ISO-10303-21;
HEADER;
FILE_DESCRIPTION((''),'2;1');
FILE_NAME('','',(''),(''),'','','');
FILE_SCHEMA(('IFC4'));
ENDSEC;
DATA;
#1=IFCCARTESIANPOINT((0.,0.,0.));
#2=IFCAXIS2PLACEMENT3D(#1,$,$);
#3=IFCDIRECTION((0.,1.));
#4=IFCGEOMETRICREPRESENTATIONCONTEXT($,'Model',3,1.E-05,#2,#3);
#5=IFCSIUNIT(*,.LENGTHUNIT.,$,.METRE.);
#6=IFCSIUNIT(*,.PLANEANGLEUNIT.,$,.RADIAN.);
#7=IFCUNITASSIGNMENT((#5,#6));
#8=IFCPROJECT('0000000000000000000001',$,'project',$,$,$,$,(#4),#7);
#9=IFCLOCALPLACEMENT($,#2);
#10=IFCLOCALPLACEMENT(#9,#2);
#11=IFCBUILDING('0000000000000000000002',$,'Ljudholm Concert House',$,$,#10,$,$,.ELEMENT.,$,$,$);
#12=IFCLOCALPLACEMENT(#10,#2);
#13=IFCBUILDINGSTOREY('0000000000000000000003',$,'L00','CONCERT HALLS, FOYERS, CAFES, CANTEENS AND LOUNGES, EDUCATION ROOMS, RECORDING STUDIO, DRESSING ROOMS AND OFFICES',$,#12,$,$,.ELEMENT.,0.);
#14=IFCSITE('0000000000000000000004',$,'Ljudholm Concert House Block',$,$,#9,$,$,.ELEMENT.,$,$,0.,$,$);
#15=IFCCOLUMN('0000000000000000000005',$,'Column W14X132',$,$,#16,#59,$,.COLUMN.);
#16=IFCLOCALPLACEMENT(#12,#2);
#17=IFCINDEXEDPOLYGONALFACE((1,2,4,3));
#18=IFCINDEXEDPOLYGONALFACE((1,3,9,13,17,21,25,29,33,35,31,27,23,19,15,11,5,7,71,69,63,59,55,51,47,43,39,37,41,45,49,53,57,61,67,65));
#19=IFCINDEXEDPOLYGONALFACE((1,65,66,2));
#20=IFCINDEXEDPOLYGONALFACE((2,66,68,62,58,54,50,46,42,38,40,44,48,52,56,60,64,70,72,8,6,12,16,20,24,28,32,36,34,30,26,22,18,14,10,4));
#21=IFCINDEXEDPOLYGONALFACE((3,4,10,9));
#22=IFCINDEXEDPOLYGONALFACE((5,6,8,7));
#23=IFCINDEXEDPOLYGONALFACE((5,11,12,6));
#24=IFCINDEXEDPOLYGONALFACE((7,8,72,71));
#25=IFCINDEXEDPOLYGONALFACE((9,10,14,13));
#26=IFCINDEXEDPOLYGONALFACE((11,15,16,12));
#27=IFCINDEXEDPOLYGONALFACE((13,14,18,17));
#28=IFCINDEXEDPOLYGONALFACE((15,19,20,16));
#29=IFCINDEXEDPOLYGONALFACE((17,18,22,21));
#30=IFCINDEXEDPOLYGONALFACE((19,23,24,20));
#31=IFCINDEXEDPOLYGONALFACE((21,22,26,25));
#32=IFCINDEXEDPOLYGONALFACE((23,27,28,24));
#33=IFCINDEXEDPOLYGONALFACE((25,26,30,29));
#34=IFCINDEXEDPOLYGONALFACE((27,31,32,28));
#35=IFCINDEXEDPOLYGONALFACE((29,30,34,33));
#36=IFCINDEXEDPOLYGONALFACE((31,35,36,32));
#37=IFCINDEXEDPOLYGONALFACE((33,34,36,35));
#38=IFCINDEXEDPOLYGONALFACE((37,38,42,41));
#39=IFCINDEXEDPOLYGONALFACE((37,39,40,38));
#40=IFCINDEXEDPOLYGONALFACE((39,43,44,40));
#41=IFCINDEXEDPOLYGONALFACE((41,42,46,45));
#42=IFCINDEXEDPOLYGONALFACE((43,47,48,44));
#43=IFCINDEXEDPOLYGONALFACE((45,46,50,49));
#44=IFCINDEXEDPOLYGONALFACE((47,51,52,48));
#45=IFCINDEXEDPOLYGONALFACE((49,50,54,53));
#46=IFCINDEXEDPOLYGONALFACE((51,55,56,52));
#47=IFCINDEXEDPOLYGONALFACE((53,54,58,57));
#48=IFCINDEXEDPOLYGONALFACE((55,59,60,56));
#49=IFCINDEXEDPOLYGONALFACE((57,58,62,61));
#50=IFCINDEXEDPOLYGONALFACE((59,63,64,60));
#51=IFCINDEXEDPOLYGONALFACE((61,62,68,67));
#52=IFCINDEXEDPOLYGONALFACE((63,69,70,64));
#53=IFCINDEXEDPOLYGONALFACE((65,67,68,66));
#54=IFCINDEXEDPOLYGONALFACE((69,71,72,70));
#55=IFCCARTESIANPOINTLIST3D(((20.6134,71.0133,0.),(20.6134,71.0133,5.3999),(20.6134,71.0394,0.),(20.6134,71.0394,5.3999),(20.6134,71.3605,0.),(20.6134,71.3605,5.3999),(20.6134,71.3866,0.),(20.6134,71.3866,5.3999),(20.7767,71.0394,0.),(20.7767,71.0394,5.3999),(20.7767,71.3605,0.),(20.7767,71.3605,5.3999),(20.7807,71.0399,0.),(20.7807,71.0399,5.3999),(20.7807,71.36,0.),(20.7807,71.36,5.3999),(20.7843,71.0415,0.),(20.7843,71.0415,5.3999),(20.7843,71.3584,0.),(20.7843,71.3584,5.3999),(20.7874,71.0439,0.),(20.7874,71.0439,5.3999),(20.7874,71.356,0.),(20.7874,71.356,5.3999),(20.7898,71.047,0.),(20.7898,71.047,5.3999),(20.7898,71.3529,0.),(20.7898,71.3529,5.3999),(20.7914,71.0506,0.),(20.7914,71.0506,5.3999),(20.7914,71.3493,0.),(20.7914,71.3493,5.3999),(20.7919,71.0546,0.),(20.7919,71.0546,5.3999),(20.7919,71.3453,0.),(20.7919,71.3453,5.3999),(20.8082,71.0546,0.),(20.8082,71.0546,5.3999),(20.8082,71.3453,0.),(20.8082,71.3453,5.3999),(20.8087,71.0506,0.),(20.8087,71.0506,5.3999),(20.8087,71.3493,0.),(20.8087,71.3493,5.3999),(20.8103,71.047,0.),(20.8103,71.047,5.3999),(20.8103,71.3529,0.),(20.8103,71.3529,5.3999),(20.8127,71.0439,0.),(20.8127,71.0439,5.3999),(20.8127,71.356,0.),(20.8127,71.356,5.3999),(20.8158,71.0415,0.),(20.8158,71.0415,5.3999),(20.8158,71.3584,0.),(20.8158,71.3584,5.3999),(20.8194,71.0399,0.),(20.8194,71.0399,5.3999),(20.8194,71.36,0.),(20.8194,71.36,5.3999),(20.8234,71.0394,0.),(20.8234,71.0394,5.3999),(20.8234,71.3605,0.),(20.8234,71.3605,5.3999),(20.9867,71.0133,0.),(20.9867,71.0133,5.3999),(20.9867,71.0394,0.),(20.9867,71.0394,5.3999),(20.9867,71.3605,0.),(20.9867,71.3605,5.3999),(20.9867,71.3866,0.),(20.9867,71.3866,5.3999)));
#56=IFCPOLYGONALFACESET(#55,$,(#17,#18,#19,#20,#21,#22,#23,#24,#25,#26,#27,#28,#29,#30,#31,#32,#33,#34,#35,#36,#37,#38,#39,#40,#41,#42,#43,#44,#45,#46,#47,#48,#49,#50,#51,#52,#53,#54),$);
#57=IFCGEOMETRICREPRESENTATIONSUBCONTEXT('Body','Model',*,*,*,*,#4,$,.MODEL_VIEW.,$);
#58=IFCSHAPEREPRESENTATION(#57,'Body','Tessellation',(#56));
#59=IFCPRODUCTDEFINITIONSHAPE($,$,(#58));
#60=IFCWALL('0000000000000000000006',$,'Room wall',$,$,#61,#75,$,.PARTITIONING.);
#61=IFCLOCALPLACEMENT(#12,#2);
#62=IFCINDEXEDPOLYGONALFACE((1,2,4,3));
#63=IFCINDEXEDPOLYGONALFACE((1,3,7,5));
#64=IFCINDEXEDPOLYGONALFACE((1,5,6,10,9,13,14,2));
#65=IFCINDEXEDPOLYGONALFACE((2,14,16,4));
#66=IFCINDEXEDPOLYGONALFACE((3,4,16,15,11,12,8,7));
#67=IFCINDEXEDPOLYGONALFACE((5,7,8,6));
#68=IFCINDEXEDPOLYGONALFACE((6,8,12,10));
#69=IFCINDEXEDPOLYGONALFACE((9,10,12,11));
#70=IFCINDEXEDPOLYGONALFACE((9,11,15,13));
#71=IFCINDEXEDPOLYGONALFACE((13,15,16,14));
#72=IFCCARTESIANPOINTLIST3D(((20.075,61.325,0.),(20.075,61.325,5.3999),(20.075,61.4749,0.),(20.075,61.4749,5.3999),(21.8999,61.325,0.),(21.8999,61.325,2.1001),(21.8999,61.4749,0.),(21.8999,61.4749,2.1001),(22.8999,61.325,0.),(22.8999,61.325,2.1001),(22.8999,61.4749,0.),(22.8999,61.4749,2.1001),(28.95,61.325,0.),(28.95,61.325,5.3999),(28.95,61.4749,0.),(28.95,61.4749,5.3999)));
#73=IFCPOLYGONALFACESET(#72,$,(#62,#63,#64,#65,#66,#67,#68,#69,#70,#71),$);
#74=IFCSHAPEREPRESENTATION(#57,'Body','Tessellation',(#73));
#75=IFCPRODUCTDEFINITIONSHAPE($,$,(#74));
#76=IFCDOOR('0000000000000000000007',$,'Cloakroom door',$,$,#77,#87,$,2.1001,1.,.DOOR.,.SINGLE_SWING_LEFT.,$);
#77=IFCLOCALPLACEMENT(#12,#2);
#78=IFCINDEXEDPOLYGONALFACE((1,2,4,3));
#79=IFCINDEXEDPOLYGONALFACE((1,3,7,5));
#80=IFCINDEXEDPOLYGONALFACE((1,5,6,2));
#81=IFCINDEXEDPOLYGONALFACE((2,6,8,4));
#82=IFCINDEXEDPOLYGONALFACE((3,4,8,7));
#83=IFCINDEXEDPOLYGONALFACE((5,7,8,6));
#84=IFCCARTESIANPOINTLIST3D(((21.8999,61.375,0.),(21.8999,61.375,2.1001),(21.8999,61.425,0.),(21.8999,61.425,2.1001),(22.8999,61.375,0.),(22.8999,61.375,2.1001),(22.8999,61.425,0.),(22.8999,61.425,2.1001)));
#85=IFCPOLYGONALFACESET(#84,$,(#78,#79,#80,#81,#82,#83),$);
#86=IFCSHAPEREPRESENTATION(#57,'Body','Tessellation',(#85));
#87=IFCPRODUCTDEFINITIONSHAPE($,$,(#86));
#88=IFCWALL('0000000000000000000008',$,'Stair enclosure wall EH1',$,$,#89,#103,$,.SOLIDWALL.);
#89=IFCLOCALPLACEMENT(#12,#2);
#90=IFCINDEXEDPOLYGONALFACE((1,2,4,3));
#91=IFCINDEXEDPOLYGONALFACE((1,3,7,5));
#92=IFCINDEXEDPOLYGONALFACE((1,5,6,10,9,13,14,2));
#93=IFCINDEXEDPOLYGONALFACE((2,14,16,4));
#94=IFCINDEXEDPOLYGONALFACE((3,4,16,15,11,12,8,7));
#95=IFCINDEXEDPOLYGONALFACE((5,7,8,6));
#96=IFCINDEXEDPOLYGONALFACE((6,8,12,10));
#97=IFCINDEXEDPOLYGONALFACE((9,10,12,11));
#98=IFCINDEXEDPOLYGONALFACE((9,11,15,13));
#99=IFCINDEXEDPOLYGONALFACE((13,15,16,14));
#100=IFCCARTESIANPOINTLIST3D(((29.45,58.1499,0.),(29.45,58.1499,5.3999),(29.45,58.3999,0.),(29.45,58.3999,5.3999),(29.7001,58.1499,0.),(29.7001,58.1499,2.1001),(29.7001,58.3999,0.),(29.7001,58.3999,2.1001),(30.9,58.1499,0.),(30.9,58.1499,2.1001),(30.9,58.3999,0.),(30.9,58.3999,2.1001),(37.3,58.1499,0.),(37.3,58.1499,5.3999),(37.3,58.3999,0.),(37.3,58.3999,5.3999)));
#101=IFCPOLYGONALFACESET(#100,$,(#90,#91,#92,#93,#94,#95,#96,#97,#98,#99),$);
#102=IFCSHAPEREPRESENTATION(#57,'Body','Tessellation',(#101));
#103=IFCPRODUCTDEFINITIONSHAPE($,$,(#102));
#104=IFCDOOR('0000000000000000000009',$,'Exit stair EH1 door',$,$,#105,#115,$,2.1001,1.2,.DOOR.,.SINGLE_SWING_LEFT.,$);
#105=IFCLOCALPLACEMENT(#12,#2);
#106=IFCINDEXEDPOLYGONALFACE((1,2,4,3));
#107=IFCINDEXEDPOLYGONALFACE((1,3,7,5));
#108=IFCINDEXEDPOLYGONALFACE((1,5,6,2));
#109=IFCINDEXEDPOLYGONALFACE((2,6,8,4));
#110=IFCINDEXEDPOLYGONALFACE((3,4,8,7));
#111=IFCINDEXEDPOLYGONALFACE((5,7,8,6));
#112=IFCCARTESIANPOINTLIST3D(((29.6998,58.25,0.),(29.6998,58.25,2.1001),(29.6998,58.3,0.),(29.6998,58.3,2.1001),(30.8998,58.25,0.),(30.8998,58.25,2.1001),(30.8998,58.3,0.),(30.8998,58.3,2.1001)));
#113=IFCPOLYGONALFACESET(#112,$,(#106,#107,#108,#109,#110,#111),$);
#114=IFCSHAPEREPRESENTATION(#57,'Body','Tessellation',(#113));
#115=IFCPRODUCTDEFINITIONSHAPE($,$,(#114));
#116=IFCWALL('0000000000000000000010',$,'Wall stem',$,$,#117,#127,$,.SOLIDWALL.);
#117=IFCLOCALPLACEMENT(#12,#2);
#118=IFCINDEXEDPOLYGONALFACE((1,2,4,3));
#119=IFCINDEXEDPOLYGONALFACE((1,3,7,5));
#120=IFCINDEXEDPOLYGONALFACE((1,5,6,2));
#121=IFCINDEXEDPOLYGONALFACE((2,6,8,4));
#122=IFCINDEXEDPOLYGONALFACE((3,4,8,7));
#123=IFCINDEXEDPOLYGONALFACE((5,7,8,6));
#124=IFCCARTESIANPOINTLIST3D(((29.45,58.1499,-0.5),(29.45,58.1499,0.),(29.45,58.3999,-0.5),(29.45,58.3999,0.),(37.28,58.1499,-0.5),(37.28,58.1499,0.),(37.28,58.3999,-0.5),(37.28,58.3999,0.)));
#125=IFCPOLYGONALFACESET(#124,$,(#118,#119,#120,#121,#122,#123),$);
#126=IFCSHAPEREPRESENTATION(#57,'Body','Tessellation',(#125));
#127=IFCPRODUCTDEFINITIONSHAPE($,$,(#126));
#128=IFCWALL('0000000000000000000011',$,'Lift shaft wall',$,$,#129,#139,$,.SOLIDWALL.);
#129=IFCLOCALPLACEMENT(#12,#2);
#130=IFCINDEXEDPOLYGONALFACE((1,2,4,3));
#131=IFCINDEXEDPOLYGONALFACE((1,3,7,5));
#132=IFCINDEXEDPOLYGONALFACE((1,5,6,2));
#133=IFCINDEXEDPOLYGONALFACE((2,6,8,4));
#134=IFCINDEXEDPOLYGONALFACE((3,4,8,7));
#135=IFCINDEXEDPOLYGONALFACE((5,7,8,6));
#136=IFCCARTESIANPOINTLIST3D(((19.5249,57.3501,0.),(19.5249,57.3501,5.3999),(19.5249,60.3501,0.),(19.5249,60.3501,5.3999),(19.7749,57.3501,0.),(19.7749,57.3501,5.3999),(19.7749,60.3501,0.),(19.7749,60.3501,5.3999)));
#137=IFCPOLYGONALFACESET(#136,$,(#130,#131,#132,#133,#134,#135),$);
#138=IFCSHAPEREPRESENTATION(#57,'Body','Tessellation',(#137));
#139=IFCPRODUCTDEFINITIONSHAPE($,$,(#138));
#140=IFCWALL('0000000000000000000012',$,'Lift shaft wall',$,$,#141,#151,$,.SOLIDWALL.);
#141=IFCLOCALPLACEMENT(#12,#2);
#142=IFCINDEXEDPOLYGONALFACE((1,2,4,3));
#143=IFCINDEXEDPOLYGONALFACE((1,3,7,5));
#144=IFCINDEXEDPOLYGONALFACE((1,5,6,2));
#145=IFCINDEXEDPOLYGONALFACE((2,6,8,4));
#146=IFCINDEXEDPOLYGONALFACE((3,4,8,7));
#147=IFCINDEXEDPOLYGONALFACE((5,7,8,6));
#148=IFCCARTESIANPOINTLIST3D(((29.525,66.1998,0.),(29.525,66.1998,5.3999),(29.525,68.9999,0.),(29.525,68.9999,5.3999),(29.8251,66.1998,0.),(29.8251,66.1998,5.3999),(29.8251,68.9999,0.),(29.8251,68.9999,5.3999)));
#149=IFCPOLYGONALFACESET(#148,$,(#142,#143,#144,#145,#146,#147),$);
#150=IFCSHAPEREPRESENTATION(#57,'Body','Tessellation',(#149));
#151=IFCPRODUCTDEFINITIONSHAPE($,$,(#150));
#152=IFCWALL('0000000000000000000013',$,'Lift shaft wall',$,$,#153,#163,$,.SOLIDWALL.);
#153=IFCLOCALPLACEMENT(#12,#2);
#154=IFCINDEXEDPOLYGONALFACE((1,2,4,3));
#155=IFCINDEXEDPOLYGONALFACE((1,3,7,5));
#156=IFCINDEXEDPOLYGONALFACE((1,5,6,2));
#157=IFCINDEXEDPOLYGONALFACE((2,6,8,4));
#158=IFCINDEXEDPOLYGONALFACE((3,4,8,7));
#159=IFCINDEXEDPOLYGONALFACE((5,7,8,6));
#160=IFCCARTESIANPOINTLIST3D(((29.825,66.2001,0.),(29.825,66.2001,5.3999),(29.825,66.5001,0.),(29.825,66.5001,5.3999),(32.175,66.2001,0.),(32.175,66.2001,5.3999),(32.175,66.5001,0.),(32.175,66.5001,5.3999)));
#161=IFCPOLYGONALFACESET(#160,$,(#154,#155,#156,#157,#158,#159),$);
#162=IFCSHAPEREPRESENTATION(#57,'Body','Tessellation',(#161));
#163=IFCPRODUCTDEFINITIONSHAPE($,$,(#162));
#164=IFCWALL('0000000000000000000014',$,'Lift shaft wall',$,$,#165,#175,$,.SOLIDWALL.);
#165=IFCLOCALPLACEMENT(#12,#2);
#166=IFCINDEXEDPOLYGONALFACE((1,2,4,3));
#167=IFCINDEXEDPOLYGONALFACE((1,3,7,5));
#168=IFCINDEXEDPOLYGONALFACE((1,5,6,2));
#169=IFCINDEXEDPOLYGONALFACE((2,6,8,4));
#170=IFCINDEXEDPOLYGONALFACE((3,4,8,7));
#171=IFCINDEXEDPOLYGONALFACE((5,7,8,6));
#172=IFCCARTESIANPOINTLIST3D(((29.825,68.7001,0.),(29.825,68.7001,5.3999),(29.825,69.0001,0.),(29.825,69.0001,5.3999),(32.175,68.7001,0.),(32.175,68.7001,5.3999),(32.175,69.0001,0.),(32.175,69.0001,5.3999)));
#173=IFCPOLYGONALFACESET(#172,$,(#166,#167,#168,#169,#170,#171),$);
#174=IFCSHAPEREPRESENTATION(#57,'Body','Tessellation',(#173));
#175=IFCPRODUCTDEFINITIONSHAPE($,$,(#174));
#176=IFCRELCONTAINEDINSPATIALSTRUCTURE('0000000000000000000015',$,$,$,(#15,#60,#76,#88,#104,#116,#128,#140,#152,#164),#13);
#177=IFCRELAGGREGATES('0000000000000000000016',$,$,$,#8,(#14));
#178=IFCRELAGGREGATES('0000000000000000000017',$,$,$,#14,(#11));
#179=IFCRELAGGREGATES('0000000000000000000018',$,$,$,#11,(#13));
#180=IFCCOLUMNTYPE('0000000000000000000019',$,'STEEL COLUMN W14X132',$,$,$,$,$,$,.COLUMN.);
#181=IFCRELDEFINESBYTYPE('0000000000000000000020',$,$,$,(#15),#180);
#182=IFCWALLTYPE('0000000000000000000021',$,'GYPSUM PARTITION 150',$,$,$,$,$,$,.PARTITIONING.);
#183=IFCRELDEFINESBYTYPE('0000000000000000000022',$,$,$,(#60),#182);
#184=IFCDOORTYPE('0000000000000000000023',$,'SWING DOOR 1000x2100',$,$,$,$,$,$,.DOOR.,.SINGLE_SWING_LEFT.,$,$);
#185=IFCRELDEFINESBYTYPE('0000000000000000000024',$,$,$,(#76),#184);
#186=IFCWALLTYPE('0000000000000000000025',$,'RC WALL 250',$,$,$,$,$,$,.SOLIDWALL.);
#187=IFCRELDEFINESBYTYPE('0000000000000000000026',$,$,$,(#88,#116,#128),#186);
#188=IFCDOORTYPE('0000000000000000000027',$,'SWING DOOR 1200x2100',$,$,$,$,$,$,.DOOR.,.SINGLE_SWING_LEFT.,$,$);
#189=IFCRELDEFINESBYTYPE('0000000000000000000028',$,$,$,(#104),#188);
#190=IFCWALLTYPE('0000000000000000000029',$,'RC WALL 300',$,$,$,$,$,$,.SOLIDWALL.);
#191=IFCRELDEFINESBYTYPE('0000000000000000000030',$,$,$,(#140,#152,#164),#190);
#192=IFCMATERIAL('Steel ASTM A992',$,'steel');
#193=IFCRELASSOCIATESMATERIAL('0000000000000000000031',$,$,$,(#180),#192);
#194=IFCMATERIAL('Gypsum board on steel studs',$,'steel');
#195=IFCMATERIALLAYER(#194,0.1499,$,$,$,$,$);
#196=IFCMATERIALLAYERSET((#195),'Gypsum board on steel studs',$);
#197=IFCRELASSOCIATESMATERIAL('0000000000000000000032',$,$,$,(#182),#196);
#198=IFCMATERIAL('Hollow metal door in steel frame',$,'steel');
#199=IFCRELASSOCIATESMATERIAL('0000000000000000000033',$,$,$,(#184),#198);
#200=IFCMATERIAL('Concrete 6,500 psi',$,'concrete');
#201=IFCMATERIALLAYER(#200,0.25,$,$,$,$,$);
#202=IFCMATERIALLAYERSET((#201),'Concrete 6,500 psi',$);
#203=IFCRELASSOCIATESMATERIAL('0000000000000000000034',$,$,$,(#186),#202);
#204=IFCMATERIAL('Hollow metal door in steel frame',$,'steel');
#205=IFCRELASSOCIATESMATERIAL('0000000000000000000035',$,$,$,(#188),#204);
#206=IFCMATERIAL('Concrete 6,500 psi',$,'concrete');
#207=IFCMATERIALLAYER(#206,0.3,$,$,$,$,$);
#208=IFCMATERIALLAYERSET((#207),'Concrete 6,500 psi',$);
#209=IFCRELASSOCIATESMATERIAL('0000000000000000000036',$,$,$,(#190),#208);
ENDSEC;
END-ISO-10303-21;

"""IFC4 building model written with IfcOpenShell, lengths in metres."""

from ifc_helpers import new_model, si_unit, direction, frame, frame_2d, origin, origin_2d, place, context, subcontext, project, spatial, rectangle, i_section, extrude, material, layer, layer_set, material_profile, profile_set, type_object, element, fill, save


model = new_model("IFC4")

# Units and contexts
model_context = context("Model", 3, precision=1e-05, world=origin(), true_north=direction((0.0, 1.0)))
body_context = subcontext(model_context, "Body", "Model", "MODEL_VIEW")
ifc_project = project(units=[si_unit("LENGTHUNIT", "METRE"), si_unit("PLANEANGLEUNIT", "RADIAN")], contexts=[model_context])

# Site, building, storey
site_placement = place(None, origin())
site = spatial("IfcSite", under=ifc_project, at=site_placement, Name="Ljudholm Concert House Block", CompositionType="ELEMENT", RefElevation=0.0)
building_placement = place(site_placement, origin())
building = spatial("IfcBuilding", under=site, at=building_placement, Name="Ljudholm Concert House", CompositionType="ELEMENT")
storey_placement = place(building_placement, origin())
storey = spatial("IfcBuildingStorey", under=building, at=storey_placement, Name="L00", Description="CONCERT HALLS, FOYERS, CAFES, CANTEENS AND LOUNGES, EDUCATION ROOMS, RECORDING STUDIO, DRESSING ROOMS AND OFFICES", CompositionType="ELEMENT", Elevation=0.0)

# Column
ifc_material_1 = material(Name="Steel ASTM A992", Category="steel")
ifc_material_profile_1 = material_profile(ifc_material_1, i_section(OverallWidth=0.3733, OverallDepth=0.3733, WebThickness=0.0164, FlangeThickness=0.0261, FilletRadius=0.0151, at=origin_2d()), Name="W14X132")
ifc_profile_set_1 = profile_set([ifc_material_profile_1], Name="Steel ASTM A992")
column_type = type_object("IfcColumnType", Name="STEEL COLUMN W14X132", PredefinedType="COLUMN", material=ifc_profile_set_1)
for number, where, z_axis, x_axis, name in (
    (1, (20.8, 71.2, 0.0), (0.0, 0.0, 1.0), (1.0, 0.0, 0.0), "Column W14X132"),
):
    element("IfcColumn", number, at=place(storey_placement, frame(where, z_axis=z_axis, x_axis=x_axis)), inside=storey, type_object=column_type, Name=name, PredefinedType="COLUMN", context=body_context, shape_type="SweptSolid", body=[
        extrude(i_section(OverallWidth=0.3733, OverallDepth=0.3733, WebThickness=0.0164, FlangeThickness=0.0261, FilletRadius=0.0151, at=origin_2d()), origin(), (0.0, 0.0, 1.0), 5.3999),
    ])

# Walls, openings, doors
ifc_material_2 = material(Name="Gypsum board on steel studs", Category="steel")
ifc_layer_1 = layer(ifc_material_2, 0.1499)
ifc_layer_set_1 = layer_set([ifc_layer_1], Name="Gypsum board on steel studs")
wall_type_1 = type_object("IfcWallType", Name="GYPSUM PARTITION 150", PredefinedType="PARTITIONING", material=ifc_layer_set_1)
wall_1_placement = place(storey_placement, frame((20.075, 61.3999, 0.0), z_axis=(0.0, 0.0, 1.0), x_axis=(1.0, 0.0, 0.0)))
wall_1 = element("IfcWall", 2, at=wall_1_placement, inside=storey, type_object=wall_type_1, Name="Room wall", PredefinedType="PARTITIONING", context=body_context, shape_type="SweptSolid", body=[
    extrude(rectangle(XDim=8.875, YDim=0.1499, at=frame_2d((4.4375, 0.0))), origin(), (0.0, 0.0, 1.0), 5.3999),
])
opening_1_placement = place(wall_1_placement, frame((1.825, 0.0, 0.0)))
opening_1 = element("IfcOpeningElement", 3, at=opening_1_placement, cuts=wall_1, PredefinedType="OPENING", context=body_context, shape_type="SweptSolid", body=[
    extrude(rectangle(XDim=1.0, YDim=2.1001, at=frame_2d((0.5, 1.05))), frame((0.0, 0.085, 0.0), z_axis=(0.0, -1.0, 0.0), x_axis=(1.0, 0.0, 0.0)), (0.0, 0.0, 1.0), 0.1699),
])
ifc_material_3 = material(Name="Hollow metal door in steel frame", Category="steel")
door_type_1 = type_object("IfcDoorType", Name="SWING DOOR 1000x2100", OperationType="SINGLE_SWING_LEFT", PredefinedType="DOOR", material=ifc_material_3)
door_1_placement = place(opening_1_placement, frame((1.0, 0.0, 0.0), z_axis=(0.0, 0.0, 1.0), x_axis=(-1.0, 0.0, 0.0)))
door_1 = element("IfcDoor", 4, at=door_1_placement, inside=storey, type_object=door_type_1, Name="Cloakroom door", OperationType="SINGLE_SWING_LEFT", OverallHeight=2.1001, OverallWidth=1.0, PredefinedType="DOOR", context=body_context, shape_type="SweptSolid", body=[
    extrude(rectangle(XDim=1.0, YDim=2.1001, at=frame_2d((0.5, 1.05))), frame((0.0, 0.0249, 0.0), z_axis=(0.0, -1.0, 0.0), x_axis=(1.0, 0.0, 0.0)), (0.0, 0.0, 1.0), 0.05),
])
fill(opening_1, door_1)
ifc_material_4 = material(Name="Concrete 6,500 psi", Category="concrete")
ifc_layer_2 = layer(ifc_material_4, 0.25)
ifc_layer_set_2 = layer_set([ifc_layer_2], Name="Concrete 6,500 psi")
wall_type_2 = type_object("IfcWallType", Name="RC WALL 250", PredefinedType="SOLIDWALL", material=ifc_layer_set_2)
wall_2_placement = place(storey_placement, frame((29.45, 58.2749, 0.0), z_axis=(0.0, 0.0, 1.0), x_axis=(1.0, 0.0, 0.0)))
wall_2 = element("IfcWall", 5, at=wall_2_placement, inside=storey, type_object=wall_type_2, Name="Stair enclosure wall EH1", PredefinedType="SOLIDWALL", context=body_context, shape_type="SweptSolid", body=[
    extrude(rectangle(XDim=7.8501, YDim=0.25, at=frame_2d((3.925, 0.0))), origin(), (0.0, 0.0, 1.0), 5.3999),
])
opening_2_placement = place(wall_2_placement, frame((0.25, 0.0, 0.0)))
opening_2 = element("IfcOpeningElement", 6, at=opening_2_placement, cuts=wall_2, PredefinedType="OPENING", context=body_context, shape_type="SweptSolid", body=[
    extrude(rectangle(XDim=1.2, YDim=2.1001, at=frame_2d((0.6001, 1.05))), frame((0.0, 0.135, 0.0), z_axis=(0.0, -1.0, 0.0), x_axis=(1.0, 0.0, 0.0)), (0.0, 0.0, 1.0), 0.27),
])
ifc_material_5 = material(Name="Hollow metal door in steel frame", Category="steel")
door_type_2 = type_object("IfcDoorType", Name="SWING DOOR 1200x2100", OperationType="SINGLE_SWING_LEFT", PredefinedType="DOOR", material=ifc_material_5)
door_2_placement = place(opening_2_placement, frame((1.2, 0.0, 0.0), z_axis=(0.0, 0.0, 1.0), x_axis=(-1.0, 0.0, 0.0)))
door_2 = element("IfcDoor", 7, at=door_2_placement, inside=storey, type_object=door_type_2, Name="Exit stair EH1 door", OperationType="SINGLE_SWING_LEFT", OverallHeight=2.1001, OverallWidth=1.2, PredefinedType="DOOR", context=body_context, shape_type="SweptSolid", body=[
    extrude(rectangle(XDim=1.2, YDim=2.1001, at=frame_2d((0.6001, 1.05))), frame((0.0, 0.0249, 0.0), z_axis=(0.0, -1.0, 0.0), x_axis=(1.0, 0.0, 0.0)), (0.0, 0.0, 1.0), 0.05),
])
fill(opening_2, door_2)

# Walls
wall_3_placement = place(storey_placement, frame((29.45, 58.2749, -0.5), z_axis=(0.0, 0.0, 1.0), x_axis=(1.0, 0.0, 0.0)))
element("IfcWall", 8, at=wall_3_placement, inside=storey, type_object=wall_type_2, Name="Wall stem", PredefinedType="SOLIDWALL", context=body_context, shape_type="SweptSolid", body=[
    extrude(rectangle(XDim=7.8301, YDim=0.25, at=frame_2d((3.915, 0.0))), origin(), (0.0, 0.0, 1.0), 0.5),
])
wall_4_placement = place(storey_placement, frame((19.6499, 57.3501, 0.0), z_axis=(0.0, 0.0, 1.0), x_axis=(0.0, 1.0, 0.0)))
element("IfcWall", 9, at=wall_4_placement, inside=storey, type_object=wall_type_2, Name="Lift shaft wall", PredefinedType="SOLIDWALL", context=body_context, shape_type="SweptSolid", body=[
    extrude(rectangle(XDim=3.0, YDim=0.25, at=frame_2d((1.5, 0.0))), origin(), (0.0, 0.0, 1.0), 5.3999),
])
ifc_material_6 = material(Name="Concrete 6,500 psi", Category="concrete")
ifc_layer_3 = layer(ifc_material_6, 0.3)
ifc_layer_set_3 = layer_set([ifc_layer_3], Name="Concrete 6,500 psi")
wall_type_3 = type_object("IfcWallType", Name="RC WALL 300", PredefinedType="SOLIDWALL", material=ifc_layer_set_3)
wall_5_placement = place(storey_placement, frame((29.675, 66.2, 0.0), z_axis=(0.0, 0.0, 1.0), x_axis=(0.0, 1.0, 0.0)))
element("IfcWall", 10, at=wall_5_placement, inside=storey, type_object=wall_type_3, Name="Lift shaft wall", PredefinedType="SOLIDWALL", context=body_context, shape_type="SweptSolid", body=[
    extrude(rectangle(XDim=2.8, YDim=0.3, at=frame_2d((1.3999, 0.0))), origin(), (0.0, 0.0, 1.0), 5.3999),
])
for number, where, z_axis, x_axis, name in (
    (11, (29.825, 66.3501, 0.0), (0.0, 0.0, 1.0), (1.0, 0.0, 0.0), "Lift shaft wall"),
    (12, (29.825, 68.8501, 0.0), (0.0, 0.0, 1.0), (1.0, 0.0, 0.0), "Lift shaft wall"),
):
    element("IfcWall", number, at=place(storey_placement, frame(where, z_axis=z_axis, x_axis=x_axis)), inside=storey, type_object=wall_type_3, Name=name, PredefinedType="SOLIDWALL", context=body_context, shape_type="SweptSolid", body=[
        extrude(rectangle(XDim=2.3501, YDim=0.3, at=frame_2d((1.175, 0.0))), origin(), (0.0, 0.0, 1.0), 5.3999),
    ])

save(model, "model.ifc")
